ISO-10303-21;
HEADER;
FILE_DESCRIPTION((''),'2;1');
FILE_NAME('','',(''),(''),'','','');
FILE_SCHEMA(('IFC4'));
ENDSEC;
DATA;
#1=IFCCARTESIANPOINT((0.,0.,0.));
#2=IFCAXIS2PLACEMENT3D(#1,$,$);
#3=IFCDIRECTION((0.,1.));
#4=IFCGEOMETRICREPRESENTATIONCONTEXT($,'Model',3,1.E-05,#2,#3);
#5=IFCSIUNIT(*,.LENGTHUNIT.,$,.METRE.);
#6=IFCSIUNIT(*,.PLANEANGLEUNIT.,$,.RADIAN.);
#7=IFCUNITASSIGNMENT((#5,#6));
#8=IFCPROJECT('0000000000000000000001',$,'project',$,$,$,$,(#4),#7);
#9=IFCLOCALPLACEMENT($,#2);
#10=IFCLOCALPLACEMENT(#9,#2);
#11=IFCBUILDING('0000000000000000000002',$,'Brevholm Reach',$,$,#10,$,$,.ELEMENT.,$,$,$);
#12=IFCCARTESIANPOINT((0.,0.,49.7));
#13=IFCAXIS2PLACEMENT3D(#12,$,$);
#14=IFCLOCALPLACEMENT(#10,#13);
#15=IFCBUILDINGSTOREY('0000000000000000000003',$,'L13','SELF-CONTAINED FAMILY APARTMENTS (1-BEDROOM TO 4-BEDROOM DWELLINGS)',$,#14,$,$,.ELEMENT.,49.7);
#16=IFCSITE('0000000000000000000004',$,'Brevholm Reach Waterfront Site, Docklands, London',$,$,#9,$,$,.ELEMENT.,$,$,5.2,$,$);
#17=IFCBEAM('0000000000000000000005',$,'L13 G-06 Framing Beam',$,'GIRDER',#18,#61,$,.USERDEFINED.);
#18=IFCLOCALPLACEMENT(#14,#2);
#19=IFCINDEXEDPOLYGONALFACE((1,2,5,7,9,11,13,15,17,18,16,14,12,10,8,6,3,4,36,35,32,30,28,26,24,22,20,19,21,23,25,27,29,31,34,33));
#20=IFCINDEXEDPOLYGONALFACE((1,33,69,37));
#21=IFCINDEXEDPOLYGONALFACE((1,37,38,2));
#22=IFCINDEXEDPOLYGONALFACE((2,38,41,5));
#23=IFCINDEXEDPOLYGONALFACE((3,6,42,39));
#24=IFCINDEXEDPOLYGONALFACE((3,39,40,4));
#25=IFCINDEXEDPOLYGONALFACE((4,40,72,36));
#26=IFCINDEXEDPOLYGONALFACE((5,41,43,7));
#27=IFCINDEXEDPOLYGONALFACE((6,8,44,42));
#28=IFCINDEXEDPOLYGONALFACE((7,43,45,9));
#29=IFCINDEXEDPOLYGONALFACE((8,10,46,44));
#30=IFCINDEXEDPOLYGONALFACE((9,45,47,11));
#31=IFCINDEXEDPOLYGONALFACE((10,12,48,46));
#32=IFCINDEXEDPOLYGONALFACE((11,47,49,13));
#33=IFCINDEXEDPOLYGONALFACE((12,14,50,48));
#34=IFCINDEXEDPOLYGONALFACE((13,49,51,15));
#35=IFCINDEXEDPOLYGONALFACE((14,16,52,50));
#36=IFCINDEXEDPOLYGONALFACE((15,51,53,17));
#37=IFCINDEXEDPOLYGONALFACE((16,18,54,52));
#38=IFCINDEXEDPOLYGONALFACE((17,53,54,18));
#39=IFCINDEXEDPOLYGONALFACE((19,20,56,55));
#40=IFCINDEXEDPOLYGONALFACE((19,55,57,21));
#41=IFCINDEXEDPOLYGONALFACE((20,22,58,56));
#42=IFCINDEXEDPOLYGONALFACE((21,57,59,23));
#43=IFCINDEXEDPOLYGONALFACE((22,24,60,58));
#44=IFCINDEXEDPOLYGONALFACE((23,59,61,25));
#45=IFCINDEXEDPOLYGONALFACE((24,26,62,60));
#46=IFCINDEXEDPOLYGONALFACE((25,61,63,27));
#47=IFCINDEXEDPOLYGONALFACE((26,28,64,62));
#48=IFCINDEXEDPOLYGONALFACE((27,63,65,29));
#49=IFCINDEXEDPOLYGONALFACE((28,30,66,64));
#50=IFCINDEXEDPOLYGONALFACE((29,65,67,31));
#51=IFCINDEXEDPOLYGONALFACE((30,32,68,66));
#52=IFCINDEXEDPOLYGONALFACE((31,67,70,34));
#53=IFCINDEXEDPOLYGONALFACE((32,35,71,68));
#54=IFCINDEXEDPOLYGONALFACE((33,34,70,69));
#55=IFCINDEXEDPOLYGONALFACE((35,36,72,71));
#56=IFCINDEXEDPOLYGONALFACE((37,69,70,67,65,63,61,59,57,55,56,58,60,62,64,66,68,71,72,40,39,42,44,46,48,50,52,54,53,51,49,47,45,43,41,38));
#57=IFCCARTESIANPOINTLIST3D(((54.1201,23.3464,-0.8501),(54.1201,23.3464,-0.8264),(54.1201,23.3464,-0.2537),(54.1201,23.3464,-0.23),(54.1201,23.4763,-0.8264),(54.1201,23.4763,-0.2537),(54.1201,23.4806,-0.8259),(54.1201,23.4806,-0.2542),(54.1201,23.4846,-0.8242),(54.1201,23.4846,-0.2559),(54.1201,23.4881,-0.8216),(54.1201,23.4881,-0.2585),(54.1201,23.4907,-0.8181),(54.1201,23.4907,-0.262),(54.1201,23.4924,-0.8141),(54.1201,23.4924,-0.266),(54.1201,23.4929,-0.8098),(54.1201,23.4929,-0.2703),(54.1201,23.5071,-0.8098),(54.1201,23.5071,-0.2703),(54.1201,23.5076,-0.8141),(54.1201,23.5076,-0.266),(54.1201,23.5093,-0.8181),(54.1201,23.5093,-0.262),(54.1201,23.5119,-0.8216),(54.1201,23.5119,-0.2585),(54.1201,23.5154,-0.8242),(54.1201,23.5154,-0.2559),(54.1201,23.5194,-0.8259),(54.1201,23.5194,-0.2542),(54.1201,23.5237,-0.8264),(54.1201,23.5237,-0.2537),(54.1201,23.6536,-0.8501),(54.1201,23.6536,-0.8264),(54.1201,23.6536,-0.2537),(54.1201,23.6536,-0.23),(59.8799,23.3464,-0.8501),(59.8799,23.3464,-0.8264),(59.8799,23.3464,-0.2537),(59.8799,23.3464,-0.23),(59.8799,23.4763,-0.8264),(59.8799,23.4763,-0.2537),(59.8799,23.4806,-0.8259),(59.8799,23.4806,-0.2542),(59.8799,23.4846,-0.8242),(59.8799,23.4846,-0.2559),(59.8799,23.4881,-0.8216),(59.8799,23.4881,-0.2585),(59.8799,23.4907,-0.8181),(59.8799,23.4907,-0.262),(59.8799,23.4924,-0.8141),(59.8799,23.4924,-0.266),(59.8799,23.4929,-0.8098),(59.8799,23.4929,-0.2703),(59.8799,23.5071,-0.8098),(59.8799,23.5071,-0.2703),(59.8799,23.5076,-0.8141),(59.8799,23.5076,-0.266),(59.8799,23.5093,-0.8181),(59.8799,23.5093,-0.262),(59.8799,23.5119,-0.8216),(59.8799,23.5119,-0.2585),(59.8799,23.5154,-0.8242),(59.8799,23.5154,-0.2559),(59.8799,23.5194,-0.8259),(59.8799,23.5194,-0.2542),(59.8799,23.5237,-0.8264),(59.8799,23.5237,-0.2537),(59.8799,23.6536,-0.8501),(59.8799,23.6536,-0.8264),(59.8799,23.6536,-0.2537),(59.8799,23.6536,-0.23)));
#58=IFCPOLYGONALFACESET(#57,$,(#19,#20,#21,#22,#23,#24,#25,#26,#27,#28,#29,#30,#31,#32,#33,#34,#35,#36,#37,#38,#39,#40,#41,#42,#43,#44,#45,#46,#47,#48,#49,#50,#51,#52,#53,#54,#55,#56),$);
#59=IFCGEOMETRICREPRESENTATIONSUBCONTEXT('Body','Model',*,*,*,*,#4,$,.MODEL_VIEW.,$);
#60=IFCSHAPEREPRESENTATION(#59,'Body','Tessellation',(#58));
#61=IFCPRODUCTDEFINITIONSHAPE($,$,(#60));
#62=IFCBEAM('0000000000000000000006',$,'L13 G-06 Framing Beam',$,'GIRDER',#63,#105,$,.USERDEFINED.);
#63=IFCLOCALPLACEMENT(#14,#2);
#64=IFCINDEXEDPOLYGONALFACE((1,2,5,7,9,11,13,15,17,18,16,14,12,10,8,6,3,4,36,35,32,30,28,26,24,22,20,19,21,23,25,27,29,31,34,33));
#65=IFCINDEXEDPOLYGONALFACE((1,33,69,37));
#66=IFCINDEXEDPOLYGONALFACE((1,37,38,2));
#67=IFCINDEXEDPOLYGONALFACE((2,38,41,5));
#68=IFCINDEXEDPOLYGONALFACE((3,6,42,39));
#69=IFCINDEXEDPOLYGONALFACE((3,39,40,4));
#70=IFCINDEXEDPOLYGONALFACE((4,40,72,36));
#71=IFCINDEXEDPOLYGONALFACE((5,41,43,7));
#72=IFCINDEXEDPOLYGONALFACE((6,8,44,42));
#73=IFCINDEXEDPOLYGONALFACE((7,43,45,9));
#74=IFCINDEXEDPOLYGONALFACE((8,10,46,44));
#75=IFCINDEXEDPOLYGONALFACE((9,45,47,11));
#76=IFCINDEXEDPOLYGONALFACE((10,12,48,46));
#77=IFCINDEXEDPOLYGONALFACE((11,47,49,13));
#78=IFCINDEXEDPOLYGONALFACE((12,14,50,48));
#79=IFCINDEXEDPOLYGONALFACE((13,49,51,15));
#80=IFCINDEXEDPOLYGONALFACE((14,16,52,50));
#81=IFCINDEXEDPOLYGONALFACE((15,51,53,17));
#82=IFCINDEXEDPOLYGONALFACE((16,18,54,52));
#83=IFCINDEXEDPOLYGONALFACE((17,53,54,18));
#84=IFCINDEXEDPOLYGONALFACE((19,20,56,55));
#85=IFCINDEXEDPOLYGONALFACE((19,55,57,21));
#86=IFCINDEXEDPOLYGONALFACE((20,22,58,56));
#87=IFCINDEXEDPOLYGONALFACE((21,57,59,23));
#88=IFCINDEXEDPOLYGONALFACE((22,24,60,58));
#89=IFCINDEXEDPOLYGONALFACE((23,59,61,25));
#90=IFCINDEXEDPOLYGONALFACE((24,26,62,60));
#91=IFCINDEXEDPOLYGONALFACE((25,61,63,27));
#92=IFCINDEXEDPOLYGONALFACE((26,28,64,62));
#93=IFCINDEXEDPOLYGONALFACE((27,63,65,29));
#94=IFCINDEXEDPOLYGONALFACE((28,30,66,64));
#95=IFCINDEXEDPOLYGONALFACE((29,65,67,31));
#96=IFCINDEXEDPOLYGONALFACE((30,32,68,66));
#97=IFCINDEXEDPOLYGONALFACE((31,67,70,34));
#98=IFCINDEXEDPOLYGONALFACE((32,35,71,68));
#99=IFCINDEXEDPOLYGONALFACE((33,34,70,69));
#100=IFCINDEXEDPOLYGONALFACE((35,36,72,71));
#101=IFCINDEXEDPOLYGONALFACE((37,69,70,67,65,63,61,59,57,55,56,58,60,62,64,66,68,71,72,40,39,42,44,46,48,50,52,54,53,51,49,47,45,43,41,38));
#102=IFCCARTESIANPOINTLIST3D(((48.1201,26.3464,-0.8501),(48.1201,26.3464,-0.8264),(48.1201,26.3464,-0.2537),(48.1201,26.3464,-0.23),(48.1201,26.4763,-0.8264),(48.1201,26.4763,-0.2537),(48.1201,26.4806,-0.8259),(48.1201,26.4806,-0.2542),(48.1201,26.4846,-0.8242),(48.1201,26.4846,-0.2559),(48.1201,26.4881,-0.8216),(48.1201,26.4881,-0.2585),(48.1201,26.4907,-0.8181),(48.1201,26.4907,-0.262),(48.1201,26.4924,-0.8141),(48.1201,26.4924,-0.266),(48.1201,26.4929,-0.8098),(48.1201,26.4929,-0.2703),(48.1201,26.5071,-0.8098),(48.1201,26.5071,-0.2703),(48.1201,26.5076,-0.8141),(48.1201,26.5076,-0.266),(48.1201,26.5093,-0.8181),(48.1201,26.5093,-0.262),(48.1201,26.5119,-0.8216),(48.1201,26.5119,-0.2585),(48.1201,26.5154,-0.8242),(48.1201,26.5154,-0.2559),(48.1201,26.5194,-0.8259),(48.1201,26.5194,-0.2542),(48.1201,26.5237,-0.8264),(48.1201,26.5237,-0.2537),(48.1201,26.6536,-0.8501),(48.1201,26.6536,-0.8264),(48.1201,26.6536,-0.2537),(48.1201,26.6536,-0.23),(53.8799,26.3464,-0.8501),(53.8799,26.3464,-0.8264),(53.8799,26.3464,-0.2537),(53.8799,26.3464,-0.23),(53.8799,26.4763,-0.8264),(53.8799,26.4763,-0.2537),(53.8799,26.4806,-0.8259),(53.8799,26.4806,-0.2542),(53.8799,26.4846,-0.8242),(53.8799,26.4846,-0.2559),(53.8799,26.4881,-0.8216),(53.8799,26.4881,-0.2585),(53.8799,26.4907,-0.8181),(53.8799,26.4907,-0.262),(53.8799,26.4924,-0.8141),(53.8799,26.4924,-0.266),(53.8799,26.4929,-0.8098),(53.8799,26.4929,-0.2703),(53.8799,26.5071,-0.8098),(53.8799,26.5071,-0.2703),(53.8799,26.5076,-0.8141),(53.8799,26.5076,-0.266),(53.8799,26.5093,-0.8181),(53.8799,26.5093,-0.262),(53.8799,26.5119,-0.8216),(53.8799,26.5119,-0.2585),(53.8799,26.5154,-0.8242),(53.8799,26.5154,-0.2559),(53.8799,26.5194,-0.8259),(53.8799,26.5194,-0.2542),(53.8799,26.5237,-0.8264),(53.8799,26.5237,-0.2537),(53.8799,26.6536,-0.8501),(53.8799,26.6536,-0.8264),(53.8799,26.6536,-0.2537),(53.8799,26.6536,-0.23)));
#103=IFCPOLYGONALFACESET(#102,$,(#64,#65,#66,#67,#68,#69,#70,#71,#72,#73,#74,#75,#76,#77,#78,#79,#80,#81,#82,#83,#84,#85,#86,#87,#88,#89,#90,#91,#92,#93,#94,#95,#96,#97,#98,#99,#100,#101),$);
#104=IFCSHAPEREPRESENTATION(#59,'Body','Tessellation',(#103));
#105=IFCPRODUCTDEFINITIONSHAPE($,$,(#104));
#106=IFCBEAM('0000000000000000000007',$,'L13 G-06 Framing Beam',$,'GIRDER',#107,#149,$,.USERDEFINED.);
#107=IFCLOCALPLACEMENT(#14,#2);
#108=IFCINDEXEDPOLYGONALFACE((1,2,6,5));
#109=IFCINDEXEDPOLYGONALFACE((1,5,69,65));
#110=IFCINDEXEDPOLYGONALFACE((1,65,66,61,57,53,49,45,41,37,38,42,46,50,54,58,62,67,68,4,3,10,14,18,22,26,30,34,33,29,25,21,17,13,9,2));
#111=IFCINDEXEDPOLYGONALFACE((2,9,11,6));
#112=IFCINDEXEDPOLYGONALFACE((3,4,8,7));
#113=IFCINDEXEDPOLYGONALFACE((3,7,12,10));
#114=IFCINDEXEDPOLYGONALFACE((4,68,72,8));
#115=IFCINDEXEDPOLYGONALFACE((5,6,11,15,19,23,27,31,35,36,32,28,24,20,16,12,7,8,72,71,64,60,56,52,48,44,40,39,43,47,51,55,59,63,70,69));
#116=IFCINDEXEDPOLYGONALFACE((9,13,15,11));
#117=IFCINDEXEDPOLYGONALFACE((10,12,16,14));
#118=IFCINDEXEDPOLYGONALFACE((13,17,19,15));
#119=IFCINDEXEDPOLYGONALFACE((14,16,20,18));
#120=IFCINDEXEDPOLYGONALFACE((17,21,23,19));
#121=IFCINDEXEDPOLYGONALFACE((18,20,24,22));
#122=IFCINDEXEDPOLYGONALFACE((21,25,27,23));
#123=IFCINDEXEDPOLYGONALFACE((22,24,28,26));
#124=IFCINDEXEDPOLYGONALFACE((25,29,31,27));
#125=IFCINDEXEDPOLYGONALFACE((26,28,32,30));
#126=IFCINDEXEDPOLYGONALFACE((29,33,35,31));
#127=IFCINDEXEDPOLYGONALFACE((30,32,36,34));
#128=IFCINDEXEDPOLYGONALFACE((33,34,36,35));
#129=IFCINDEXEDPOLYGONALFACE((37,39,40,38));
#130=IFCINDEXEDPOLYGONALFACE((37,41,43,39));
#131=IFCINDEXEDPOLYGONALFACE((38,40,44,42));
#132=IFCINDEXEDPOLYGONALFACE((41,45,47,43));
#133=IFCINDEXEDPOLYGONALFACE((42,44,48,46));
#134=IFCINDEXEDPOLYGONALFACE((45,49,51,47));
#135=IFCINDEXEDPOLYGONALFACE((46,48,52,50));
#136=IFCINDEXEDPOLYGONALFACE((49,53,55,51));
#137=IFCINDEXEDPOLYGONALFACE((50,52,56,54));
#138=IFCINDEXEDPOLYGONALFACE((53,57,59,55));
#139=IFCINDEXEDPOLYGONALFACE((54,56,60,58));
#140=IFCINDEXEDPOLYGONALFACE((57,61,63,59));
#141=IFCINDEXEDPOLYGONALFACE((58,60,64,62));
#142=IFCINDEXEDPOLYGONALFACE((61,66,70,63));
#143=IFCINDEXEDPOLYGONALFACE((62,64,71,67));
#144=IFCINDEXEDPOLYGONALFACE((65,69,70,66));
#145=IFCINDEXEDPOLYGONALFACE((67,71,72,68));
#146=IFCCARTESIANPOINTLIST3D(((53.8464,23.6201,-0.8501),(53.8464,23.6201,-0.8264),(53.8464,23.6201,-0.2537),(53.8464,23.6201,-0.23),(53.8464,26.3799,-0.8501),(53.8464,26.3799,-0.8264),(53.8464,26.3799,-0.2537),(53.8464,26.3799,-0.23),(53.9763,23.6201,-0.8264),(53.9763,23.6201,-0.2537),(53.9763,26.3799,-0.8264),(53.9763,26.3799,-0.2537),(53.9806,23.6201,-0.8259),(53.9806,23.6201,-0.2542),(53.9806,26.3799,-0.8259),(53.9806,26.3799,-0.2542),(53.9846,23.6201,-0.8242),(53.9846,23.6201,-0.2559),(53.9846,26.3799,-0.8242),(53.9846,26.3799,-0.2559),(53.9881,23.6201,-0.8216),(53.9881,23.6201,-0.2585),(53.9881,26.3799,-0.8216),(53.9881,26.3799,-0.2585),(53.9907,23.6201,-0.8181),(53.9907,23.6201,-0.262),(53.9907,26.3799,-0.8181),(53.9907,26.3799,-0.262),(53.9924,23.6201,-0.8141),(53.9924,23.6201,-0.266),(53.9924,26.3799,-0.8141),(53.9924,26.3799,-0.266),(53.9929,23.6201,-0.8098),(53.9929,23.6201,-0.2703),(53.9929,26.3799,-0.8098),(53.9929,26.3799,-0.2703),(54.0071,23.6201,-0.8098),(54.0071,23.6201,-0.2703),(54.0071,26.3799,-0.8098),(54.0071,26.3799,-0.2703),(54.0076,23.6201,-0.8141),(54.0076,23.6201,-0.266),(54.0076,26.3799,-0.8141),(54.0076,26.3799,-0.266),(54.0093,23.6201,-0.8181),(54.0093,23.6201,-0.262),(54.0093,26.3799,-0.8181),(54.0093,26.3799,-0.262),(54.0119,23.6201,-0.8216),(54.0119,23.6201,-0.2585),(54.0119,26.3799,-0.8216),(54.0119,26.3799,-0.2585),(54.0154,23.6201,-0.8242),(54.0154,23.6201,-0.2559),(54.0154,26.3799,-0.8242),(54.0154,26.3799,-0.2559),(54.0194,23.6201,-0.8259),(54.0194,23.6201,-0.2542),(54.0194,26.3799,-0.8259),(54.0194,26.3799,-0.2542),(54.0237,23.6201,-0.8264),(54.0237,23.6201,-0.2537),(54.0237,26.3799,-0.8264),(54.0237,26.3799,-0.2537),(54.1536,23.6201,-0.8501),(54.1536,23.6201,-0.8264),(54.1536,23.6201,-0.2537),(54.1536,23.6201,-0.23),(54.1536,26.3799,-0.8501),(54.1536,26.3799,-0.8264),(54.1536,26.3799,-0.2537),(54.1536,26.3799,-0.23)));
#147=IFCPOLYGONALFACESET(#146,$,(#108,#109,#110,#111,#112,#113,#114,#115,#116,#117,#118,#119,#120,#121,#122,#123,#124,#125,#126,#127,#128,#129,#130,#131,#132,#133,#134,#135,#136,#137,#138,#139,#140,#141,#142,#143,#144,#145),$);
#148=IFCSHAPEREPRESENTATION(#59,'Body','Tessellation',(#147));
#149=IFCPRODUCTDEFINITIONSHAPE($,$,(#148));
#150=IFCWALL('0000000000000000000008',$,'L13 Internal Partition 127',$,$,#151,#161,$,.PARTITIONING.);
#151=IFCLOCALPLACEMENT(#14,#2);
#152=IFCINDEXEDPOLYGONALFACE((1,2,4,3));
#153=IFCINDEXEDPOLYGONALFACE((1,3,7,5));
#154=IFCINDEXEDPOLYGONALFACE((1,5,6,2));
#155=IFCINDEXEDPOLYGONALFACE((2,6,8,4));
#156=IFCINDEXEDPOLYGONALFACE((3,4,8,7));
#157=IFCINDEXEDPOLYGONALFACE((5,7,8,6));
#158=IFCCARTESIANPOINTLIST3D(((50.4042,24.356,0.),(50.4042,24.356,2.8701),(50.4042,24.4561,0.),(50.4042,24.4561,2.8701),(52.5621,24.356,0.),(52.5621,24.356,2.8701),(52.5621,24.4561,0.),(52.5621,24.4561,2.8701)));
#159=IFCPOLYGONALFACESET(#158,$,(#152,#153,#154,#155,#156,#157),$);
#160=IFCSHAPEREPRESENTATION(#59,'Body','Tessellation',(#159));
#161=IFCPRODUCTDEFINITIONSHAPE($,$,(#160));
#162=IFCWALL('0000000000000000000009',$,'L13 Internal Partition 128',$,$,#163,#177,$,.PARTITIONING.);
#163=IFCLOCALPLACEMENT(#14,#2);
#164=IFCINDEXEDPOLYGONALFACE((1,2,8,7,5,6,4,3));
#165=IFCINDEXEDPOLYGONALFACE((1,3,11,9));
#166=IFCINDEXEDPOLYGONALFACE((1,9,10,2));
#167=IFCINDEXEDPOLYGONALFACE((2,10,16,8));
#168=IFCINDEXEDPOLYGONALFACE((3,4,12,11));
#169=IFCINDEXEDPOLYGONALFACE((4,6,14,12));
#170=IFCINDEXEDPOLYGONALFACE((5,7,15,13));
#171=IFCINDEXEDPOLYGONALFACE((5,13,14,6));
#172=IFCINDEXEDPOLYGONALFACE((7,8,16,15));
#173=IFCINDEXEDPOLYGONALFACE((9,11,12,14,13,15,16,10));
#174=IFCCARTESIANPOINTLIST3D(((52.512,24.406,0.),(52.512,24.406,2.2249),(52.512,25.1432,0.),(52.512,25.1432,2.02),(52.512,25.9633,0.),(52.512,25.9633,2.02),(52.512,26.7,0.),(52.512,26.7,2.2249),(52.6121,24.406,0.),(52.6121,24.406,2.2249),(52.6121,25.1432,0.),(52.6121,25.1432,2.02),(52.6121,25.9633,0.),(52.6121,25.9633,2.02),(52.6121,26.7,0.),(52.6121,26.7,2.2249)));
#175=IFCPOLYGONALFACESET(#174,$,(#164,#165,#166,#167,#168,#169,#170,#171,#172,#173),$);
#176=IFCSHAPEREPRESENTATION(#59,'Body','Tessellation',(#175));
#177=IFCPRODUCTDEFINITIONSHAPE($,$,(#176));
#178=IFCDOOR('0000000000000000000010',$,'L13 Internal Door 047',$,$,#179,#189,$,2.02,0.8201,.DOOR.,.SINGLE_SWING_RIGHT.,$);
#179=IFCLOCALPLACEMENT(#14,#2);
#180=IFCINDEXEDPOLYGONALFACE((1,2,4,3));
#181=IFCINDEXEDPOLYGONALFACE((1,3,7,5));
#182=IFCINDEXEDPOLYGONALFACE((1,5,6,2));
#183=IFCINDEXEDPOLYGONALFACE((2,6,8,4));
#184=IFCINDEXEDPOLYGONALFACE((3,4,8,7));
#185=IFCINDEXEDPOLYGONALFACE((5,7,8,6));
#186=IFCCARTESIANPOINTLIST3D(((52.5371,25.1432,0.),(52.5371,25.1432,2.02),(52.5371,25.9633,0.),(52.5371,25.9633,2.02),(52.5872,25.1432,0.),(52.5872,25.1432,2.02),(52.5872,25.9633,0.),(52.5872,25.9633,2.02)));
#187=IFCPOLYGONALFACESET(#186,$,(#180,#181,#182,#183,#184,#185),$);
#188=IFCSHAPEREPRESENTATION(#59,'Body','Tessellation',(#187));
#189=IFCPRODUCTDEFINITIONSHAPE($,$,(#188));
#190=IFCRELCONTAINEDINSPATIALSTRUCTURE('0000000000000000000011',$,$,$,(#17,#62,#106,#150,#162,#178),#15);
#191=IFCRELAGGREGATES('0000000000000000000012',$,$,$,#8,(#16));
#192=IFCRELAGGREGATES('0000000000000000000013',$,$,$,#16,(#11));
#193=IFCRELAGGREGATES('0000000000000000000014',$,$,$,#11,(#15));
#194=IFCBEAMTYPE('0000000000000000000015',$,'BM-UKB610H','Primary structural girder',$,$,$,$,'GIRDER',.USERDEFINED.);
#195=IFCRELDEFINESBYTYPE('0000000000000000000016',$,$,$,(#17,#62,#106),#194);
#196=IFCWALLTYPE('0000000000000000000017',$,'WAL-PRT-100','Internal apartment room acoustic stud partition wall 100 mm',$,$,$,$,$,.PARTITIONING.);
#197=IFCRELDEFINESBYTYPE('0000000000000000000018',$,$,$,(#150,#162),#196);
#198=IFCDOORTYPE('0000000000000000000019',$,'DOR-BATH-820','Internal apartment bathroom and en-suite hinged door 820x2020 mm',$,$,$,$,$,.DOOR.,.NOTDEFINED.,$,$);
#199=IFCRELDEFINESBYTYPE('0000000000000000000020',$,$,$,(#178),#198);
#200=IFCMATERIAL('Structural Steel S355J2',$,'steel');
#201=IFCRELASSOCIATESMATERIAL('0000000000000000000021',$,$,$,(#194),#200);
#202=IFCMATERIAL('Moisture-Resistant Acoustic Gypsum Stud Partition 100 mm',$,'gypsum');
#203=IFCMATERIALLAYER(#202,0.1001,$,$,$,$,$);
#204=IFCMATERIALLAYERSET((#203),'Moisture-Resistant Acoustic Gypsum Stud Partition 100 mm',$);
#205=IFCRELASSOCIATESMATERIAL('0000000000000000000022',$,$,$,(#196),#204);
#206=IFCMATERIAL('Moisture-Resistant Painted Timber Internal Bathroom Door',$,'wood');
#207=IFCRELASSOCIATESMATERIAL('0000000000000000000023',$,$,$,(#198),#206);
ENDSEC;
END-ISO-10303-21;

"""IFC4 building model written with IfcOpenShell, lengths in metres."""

from ifc_helpers import new_model, si_unit, direction, frame, frame_2d, origin, origin_2d, place, context, subcontext, project, spatial, rectangle, i_section, extrude, material, layer, layer_set, material_profile, profile_set, type_object, element, fill, save


model = new_model("IFC4")

# Units and contexts
model_context = context("Model", 3, precision=1e-05, world=origin(), true_north=direction((0.0, 1.0)))
body_context = subcontext(model_context, "Body", "Model", "MODEL_VIEW")
ifc_project = project(units=[si_unit("LENGTHUNIT", "METRE"), si_unit("PLANEANGLEUNIT", "RADIAN")], contexts=[model_context])

# Site, building, storey
site_placement = place(None, origin())
site = spatial("IfcSite", under=ifc_project, at=site_placement, Name="Brevholm Reach Waterfront Site, Docklands, London", CompositionType="ELEMENT", RefElevation=5.2)
building_placement = place(site_placement, origin())
building = spatial("IfcBuilding", under=site, at=building_placement, Name="Brevholm Reach", CompositionType="ELEMENT")
storey_placement = place(building_placement, frame((0.0, 0.0, 49.7)))
storey = spatial("IfcBuildingStorey", under=building, at=storey_placement, Name="L13", Description="SELF-CONTAINED FAMILY APARTMENTS (1-BEDROOM TO 4-BEDROOM DWELLINGS)", CompositionType="ELEMENT", Elevation=49.7)

# Beams
ifc_material_1 = material(Name="Structural Steel S355J2", Category="steel")
ifc_material_profile_1 = material_profile(ifc_material_1, i_section(OverallWidth=0.3071, OverallDepth=0.6201, WebThickness=0.0142, FlangeThickness=0.0237, FilletRadius=0.0166, at=origin_2d()), Name="UKB 610x305x179")
ifc_profile_set_1 = profile_set([ifc_material_profile_1], Name="Structural Steel S355J2")
beam_type_1 = type_object("IfcBeamType", Name="BM-UKB610H", Description="Primary structural girder", ElementType="GIRDER", PredefinedType="USERDEFINED", material=ifc_profile_set_1)
for number, where, z_axis, x_axis, name in (
    (1, (54.1201, 23.5, -0.54), (1.0, 0.0, 0.0), (0.0, 1.0, 0.0), "L13 G-06 Framing Beam"),
    (2, (48.1201, 26.5, -0.54), (1.0, 0.0, 0.0), (0.0, 1.0, 0.0), "L13 G-06 Framing Beam"),
):
    element("IfcBeam", number, at=place(storey_placement, frame(where, z_axis=z_axis, x_axis=x_axis)), inside=storey, type_object=beam_type_1, Name=name, ObjectType="GIRDER", PredefinedType="USERDEFINED", context=body_context, shape_type="SweptSolid", body=[
        extrude(i_section(OverallWidth=0.3071, OverallDepth=0.6201, WebThickness=0.0142, FlangeThickness=0.0237, FilletRadius=0.0166, at=origin_2d()), origin(), (0.0, 0.0, 1.0), 5.7598),
    ])
beam_1_placement = place(storey_placement, frame((54.0, 23.6201, -0.54), z_axis=(0.0, 1.0, 0.0), x_axis=(-1.0, 0.0, 0.0)))
element("IfcBeam", 3, at=beam_1_placement, inside=storey, type_object=beam_type_1, Name="L13 G-06 Framing Beam", ObjectType="GIRDER", PredefinedType="USERDEFINED", context=body_context, shape_type="SweptSolid", body=[
    extrude(i_section(OverallWidth=0.3071, OverallDepth=0.6201, WebThickness=0.0142, FlangeThickness=0.0237, FilletRadius=0.0166, at=origin_2d()), origin(), (0.0, 0.0, 1.0), 2.7598),
])

# Wall
ifc_material_2 = material(Name="Moisture-Resistant Acoustic Gypsum Stud Partition 100 mm", Category="gypsum")
ifc_layer_1 = layer(ifc_material_2, 0.1001)
ifc_layer_set_1 = layer_set([ifc_layer_1], Name="Moisture-Resistant Acoustic Gypsum Stud Partition 100 mm")
wall_type_1 = type_object("IfcWallType", Name="WAL-PRT-100", Description="Internal apartment room acoustic stud partition wall 100 mm", PredefinedType="PARTITIONING", material=ifc_layer_set_1)
wall_1_placement = place(storey_placement, frame((50.4041, 24.406, 0.0), z_axis=(0.0, 0.0, 1.0), x_axis=(1.0, 0.0, 0.0)))
element("IfcWall", 4, at=wall_1_placement, inside=storey, type_object=wall_type_1, Name="L13 Internal Partition 127", PredefinedType="PARTITIONING", context=body_context, shape_type="SweptSolid", body=[
    extrude(rectangle(XDim=2.158, YDim=0.1001, at=frame_2d((1.0791, 0.0))), origin(), (0.0, 0.0, 1.0), 2.8701),
])

# Wall, opening, door
wall_2_placement = place(storey_placement, frame((52.562, 24.406, 0.0), z_axis=(0.0, 0.0, 1.0), x_axis=(0.0, 1.0, 0.0)))
wall_2 = element("IfcWall", 5, at=wall_2_placement, inside=storey, type_object=wall_type_1, Name="L13 Internal Partition 128", PredefinedType="PARTITIONING", context=body_context, shape_type="SweptSolid", body=[
    extrude(rectangle(XDim=2.2939, YDim=0.1001, at=frame_2d((1.147, 0.0))), origin(), (0.0, 0.0, 1.0), 2.2249),
])
opening_1_placement = place(wall_2_placement, frame((0.7371, 0.0, 0.0)))
opening_1 = element("IfcOpeningElement", 6, at=opening_1_placement, cuts=wall_2, PredefinedType="OPENING", context=body_context, shape_type="SweptSolid", body=[
    extrude(rectangle(XDim=0.8201, YDim=2.02, at=frame_2d((0.4102, 1.01))), frame((0.0, 0.0601, 0.0), z_axis=(0.0, -1.0, 0.0), x_axis=(1.0, 0.0, 0.0)), (0.0, 0.0, 1.0), 0.1201),
])
ifc_material_3 = material(Name="Moisture-Resistant Painted Timber Internal Bathroom Door", Category="wood")
door_type_1 = type_object("IfcDoorType", Name="DOR-BATH-820", Description="Internal apartment bathroom and en-suite hinged door 820x2020 mm", OperationType="NOTDEFINED", PredefinedType="DOOR", material=ifc_material_3)
door_1_placement = place(opening_1_placement, origin())
door_1 = element("IfcDoor", 7, at=door_1_placement, inside=storey, type_object=door_type_1, Name="L13 Internal Door 047", OperationType="SINGLE_SWING_RIGHT", OverallHeight=2.02, OverallWidth=0.8201, PredefinedType="DOOR", context=body_context, shape_type="SweptSolid", body=[
    extrude(rectangle(XDim=0.8201, YDim=2.02, at=frame_2d((0.4102, 1.01))), frame((0.0, 0.0249, 0.0), z_axis=(0.0, -1.0, 0.0), x_axis=(1.0, 0.0, 0.0)), (0.0, 0.0, 1.0), 0.05),
])
fill(opening_1, door_1)

save(model, "model.ifc")
